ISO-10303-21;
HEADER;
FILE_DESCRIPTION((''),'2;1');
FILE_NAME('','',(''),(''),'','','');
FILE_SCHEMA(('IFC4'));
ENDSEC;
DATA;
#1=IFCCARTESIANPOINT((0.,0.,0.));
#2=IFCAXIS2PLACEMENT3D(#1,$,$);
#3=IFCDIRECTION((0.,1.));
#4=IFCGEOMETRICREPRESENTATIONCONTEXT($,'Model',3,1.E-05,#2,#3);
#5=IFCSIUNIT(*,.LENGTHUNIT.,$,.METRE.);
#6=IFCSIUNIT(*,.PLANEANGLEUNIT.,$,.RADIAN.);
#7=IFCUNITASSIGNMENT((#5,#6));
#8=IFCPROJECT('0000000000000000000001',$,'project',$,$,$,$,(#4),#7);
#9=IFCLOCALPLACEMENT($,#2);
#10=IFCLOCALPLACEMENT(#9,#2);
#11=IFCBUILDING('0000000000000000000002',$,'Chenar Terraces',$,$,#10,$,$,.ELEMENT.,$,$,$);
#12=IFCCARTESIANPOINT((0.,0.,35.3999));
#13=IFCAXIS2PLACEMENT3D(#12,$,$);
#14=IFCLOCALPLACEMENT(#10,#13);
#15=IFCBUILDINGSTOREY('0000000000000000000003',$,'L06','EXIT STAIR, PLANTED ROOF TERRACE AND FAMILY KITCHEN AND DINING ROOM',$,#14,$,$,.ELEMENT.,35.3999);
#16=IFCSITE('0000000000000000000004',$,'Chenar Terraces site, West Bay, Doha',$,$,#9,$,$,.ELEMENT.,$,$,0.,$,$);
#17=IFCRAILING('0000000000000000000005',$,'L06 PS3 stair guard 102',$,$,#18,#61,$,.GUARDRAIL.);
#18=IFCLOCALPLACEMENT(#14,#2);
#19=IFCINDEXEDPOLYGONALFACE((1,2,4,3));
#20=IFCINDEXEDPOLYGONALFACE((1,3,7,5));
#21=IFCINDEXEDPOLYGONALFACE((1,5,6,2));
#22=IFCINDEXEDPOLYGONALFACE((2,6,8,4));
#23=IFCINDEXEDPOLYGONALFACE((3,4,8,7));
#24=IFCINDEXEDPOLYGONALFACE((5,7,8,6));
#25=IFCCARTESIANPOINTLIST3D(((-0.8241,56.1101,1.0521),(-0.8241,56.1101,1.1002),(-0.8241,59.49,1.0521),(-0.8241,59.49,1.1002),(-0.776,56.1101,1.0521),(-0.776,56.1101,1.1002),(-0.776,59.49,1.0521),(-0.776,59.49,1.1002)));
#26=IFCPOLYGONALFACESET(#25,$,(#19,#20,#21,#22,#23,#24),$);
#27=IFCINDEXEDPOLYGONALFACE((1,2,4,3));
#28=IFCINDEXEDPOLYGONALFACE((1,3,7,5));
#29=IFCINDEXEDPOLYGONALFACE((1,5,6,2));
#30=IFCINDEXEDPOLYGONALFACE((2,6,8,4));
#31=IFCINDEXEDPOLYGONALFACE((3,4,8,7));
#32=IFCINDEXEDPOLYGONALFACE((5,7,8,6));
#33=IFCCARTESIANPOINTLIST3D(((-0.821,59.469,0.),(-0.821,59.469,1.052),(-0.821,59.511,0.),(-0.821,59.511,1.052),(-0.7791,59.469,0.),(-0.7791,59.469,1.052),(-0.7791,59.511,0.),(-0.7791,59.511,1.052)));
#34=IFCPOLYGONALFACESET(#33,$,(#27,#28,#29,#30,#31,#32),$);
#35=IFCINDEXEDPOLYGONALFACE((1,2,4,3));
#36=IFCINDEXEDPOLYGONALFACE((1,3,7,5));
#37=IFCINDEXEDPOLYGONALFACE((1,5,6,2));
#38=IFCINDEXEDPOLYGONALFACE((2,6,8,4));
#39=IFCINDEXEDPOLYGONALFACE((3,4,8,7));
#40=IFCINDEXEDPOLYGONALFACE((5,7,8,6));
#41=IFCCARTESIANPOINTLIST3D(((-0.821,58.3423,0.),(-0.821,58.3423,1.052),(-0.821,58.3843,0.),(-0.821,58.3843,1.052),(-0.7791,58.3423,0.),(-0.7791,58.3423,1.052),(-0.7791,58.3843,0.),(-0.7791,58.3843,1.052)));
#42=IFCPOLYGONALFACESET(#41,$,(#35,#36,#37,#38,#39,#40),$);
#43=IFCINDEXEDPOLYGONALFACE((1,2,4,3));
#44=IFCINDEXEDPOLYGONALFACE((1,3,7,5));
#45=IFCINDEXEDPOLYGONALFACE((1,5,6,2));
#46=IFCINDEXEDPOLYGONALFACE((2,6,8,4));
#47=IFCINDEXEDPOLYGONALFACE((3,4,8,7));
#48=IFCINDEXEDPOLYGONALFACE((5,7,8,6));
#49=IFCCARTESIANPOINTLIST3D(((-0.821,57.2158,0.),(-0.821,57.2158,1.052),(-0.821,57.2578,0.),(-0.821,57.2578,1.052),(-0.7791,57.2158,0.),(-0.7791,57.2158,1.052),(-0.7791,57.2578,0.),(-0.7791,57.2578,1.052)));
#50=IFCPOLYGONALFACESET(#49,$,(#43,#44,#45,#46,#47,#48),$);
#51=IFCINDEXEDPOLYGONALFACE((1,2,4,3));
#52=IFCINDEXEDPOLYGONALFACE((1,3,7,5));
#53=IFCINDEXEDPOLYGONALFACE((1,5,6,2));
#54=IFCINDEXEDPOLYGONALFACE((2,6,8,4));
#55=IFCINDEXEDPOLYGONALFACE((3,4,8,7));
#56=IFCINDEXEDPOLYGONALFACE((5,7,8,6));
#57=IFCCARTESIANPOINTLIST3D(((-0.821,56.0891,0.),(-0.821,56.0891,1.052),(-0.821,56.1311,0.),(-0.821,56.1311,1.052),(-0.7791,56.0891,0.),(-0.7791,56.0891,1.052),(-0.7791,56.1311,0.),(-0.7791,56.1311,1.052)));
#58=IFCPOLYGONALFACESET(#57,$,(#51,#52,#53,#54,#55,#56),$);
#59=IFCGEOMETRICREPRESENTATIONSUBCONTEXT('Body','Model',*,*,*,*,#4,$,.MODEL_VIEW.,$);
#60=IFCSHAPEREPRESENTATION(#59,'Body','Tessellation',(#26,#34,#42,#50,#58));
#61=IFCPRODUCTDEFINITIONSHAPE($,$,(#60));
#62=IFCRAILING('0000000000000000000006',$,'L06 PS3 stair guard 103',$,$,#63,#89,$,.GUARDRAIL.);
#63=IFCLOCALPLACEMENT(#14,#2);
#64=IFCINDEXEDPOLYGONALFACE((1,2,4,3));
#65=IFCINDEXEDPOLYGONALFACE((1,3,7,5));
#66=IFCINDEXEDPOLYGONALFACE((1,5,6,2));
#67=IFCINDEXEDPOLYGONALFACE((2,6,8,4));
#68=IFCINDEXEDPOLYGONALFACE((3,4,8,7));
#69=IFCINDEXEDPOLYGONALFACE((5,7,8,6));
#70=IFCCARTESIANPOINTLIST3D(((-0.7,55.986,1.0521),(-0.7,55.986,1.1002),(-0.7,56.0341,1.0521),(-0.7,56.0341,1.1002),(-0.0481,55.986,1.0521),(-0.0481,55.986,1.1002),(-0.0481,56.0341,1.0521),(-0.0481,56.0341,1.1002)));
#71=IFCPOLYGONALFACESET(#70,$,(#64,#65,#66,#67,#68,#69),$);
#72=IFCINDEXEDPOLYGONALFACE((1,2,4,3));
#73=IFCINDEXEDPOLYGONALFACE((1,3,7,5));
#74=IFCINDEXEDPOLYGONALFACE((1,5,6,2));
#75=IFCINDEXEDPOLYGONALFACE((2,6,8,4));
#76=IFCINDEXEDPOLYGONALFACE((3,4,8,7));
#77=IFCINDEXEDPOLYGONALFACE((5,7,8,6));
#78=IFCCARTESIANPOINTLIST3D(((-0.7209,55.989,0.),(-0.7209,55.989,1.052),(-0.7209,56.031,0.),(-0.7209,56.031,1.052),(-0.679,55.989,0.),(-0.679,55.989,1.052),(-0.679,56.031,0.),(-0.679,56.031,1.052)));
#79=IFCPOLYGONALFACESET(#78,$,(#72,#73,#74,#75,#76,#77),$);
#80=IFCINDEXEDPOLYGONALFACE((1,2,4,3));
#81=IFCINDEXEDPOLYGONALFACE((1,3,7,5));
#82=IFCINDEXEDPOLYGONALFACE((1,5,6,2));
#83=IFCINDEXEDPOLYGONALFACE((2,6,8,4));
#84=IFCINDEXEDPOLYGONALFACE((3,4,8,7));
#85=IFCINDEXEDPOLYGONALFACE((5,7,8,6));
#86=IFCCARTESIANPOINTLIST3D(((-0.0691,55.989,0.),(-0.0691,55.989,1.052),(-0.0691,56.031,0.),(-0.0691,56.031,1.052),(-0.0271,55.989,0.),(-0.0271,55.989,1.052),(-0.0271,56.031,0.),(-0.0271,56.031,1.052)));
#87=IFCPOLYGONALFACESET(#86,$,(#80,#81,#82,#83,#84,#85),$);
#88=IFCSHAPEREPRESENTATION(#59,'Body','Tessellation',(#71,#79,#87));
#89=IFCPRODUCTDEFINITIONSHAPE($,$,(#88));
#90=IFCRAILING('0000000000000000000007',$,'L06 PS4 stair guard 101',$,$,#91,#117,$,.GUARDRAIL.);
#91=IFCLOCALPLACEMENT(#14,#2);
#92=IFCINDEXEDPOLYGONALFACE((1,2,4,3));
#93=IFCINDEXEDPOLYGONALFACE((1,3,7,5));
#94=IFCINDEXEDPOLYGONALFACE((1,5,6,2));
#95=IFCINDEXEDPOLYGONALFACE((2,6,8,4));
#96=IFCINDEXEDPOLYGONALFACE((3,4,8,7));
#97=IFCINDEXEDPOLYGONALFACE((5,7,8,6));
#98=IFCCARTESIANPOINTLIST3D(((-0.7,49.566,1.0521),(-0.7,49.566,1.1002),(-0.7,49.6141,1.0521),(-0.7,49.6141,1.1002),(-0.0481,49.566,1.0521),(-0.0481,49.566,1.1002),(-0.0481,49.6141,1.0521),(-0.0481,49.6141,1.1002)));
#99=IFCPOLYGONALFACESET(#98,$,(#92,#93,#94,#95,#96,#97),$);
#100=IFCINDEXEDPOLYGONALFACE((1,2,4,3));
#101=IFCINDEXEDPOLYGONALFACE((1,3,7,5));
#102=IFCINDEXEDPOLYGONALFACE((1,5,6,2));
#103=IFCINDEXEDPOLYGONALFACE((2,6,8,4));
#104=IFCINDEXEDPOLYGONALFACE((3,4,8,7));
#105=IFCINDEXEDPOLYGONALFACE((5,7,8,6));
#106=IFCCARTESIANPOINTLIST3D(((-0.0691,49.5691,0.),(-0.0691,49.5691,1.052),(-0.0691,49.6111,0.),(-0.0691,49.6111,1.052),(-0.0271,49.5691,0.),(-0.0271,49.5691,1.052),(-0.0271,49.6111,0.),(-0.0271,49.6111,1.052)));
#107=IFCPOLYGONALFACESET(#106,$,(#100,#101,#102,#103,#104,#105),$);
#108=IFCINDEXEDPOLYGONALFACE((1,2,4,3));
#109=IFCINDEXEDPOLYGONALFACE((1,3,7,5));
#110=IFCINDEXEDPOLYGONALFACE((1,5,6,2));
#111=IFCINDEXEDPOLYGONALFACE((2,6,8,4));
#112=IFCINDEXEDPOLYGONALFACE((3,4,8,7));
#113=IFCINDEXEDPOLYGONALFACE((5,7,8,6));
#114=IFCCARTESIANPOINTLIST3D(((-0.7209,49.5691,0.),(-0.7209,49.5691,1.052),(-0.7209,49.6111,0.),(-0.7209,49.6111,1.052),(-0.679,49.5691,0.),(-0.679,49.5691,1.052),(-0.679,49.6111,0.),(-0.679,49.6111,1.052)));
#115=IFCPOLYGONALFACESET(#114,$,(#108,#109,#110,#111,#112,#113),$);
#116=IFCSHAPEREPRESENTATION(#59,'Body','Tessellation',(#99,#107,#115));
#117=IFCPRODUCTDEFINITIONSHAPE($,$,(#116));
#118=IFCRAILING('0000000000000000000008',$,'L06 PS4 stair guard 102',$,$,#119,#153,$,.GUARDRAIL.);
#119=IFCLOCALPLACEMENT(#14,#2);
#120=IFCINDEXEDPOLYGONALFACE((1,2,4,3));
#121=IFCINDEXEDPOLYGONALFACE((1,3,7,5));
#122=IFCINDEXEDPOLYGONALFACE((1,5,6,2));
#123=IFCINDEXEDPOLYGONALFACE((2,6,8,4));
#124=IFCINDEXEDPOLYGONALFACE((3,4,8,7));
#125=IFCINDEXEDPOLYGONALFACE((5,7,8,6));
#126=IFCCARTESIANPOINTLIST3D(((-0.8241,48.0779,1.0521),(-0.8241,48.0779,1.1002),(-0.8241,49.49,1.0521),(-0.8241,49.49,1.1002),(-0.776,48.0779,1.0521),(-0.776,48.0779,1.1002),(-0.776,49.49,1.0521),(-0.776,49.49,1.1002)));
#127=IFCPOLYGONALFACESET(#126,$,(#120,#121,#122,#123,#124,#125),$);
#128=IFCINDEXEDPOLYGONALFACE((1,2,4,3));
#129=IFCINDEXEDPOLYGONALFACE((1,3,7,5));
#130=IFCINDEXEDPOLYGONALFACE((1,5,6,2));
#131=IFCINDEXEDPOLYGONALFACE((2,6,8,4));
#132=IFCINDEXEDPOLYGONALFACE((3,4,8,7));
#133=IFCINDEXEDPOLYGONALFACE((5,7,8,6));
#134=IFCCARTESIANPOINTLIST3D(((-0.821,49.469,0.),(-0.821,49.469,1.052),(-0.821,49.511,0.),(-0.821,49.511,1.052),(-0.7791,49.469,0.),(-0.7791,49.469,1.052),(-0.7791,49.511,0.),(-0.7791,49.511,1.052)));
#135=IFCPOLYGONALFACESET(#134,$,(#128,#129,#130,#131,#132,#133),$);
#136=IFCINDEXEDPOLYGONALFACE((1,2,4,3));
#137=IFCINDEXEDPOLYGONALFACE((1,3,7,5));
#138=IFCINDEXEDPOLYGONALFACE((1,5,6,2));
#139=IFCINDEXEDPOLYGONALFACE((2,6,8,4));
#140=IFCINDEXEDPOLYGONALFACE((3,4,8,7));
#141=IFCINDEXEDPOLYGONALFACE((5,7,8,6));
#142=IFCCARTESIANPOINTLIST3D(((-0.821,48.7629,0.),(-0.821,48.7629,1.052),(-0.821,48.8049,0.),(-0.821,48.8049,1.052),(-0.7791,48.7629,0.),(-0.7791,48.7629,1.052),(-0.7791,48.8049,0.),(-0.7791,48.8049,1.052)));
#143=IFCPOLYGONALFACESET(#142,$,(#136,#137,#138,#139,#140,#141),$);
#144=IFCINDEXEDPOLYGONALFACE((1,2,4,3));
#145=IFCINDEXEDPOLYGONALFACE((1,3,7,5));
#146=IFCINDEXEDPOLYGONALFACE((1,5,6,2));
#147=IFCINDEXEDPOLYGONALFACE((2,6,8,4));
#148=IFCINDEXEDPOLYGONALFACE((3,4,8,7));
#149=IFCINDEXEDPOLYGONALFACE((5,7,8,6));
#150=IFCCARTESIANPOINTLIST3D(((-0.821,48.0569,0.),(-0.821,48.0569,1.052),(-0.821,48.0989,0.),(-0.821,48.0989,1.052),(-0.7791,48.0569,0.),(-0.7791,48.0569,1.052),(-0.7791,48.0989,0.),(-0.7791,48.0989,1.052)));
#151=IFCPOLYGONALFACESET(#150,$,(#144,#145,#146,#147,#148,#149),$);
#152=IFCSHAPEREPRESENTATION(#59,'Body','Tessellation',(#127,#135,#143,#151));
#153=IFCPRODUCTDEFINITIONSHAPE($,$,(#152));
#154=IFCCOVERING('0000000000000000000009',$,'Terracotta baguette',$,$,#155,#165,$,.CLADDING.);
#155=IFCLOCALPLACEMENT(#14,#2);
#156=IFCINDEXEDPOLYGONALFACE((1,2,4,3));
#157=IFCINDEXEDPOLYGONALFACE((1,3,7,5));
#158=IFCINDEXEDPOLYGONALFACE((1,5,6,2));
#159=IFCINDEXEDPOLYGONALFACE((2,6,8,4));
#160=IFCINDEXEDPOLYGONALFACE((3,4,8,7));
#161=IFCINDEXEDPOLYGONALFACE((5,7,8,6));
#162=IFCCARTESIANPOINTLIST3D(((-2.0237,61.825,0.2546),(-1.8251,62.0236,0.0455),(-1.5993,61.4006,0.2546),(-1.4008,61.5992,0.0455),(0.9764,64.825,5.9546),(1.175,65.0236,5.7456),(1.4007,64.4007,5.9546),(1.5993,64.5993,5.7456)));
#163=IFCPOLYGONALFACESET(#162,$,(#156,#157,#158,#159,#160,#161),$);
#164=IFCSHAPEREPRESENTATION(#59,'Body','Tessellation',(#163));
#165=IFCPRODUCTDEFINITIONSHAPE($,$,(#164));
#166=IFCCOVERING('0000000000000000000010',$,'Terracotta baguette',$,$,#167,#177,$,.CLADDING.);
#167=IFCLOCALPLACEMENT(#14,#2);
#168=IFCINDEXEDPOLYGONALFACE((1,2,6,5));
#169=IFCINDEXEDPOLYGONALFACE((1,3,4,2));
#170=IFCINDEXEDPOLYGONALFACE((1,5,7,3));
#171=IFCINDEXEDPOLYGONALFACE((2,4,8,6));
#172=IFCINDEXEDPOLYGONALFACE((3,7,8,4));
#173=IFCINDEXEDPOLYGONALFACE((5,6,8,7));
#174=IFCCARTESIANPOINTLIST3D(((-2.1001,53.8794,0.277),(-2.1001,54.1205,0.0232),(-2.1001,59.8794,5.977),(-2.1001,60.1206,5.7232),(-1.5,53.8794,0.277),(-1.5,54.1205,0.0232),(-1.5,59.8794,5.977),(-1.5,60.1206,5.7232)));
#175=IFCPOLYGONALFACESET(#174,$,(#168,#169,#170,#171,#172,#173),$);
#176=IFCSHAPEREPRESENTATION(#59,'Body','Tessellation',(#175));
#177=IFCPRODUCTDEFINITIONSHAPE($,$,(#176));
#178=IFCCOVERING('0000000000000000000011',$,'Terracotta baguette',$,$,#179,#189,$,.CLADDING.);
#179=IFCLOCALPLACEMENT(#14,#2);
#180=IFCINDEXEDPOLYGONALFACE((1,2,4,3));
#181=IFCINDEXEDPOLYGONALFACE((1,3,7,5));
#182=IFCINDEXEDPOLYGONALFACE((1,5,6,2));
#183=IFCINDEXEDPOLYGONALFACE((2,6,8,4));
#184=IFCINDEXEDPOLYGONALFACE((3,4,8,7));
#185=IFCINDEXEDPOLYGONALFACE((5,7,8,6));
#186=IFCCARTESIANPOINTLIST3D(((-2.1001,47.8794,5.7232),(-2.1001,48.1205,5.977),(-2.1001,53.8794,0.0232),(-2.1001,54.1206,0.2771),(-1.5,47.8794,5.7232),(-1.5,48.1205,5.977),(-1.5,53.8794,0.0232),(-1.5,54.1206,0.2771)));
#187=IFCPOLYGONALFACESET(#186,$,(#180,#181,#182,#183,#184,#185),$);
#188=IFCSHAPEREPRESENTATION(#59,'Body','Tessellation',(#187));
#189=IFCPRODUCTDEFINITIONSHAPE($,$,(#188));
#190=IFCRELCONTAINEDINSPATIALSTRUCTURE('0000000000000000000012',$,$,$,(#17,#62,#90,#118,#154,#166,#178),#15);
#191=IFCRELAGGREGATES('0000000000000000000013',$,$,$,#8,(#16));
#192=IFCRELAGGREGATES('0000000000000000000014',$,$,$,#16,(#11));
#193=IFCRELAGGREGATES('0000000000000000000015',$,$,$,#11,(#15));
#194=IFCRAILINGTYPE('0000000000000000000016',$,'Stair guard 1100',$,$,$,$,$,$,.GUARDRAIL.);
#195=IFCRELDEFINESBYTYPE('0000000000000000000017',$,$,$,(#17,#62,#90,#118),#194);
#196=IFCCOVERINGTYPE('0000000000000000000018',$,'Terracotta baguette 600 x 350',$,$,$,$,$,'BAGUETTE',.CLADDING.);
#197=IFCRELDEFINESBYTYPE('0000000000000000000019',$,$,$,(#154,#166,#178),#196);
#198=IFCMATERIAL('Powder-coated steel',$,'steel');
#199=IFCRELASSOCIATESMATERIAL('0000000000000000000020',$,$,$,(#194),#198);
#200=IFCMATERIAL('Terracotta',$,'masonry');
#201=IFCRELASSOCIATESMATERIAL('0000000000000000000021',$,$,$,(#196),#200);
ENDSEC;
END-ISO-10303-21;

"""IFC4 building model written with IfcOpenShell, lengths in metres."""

from ifc_helpers import new_model, si_unit, direction, frame, origin, origin_2d, place, context, subcontext, project, spatial, rectangle, extrude, material, material_profile, profile_set, type_object, element, save


model = new_model("IFC4")

# Units and contexts
model_context = context("Model", 3, precision=1e-05, world=origin(), true_north=direction((0.0, 1.0)))
body_context = subcontext(model_context, "Body", "Model", "MODEL_VIEW")
ifc_project = project(units=[si_unit("LENGTHUNIT", "METRE"), si_unit("PLANEANGLEUNIT", "RADIAN")], contexts=[model_context])

# Site, building, storey
site_placement = place(None, origin())
site = spatial("IfcSite", under=ifc_project, at=site_placement, Name="Chenar Terraces site, West Bay, Doha", CompositionType="ELEMENT", RefElevation=0.0)
building_placement = place(site_placement, origin())
building = spatial("IfcBuilding", under=site, at=building_placement, Name="Chenar Terraces", CompositionType="ELEMENT")
storey_placement = place(building_placement, frame((0.0, 0.0, 35.3999)))
storey = spatial("IfcBuildingStorey", under=building, at=storey_placement, Name="L06", Description="EXIT STAIR, PLANTED ROOF TERRACE AND FAMILY KITCHEN AND DINING ROOM", CompositionType="ELEMENT", Elevation=35.3999)

# Railings
ifc_material_1 = material(Name="Powder-coated steel", Category="steel")
railing_type_1 = type_object("IfcRailingType", Name="Stair guard 1100", PredefinedType="GUARDRAIL", material=ifc_material_1)
railing_1_placement = place(storey_placement, frame((-0.8, 59.49, 0.0)))
element("IfcRailing", 1, at=railing_1_placement, inside=storey, type_object=railing_type_1, Name="L06 PS3 stair guard 102", PredefinedType="GUARDRAIL", context=body_context, shape_type="SweptSolid", body=[
    extrude(rectangle(XDim=0.0481, YDim=0.0481, at=origin_2d()), frame((0.0, 0.0, 1.0762), z_axis=(0.0, -1.0, 0.0), x_axis=(1.0, 0.0, 0.0)), (0.0, 0.0, 1.0), 3.3799),
    extrude(rectangle(XDim=0.042, YDim=0.042, at=origin_2d()), origin(), (0.0, 0.0, 1.0), 1.052),
    extrude(rectangle(XDim=0.042, YDim=0.042, at=origin_2d()), frame((0.0, -1.1267, 0.0)), (0.0, 0.0, 1.0), 1.052),
    extrude(rectangle(XDim=0.042, YDim=0.042, at=origin_2d()), frame((0.0, -2.2532, 0.0)), (0.0, 0.0, 1.0), 1.052),
    extrude(rectangle(XDim=0.042, YDim=0.042, at=origin_2d()), frame((0.0, -3.3799, 0.0)), (0.0, 0.0, 1.0), 1.052),
])
railing_2_placement = place(storey_placement, frame((-0.7, 56.01, 0.0)))
element("IfcRailing", 2, at=railing_2_placement, inside=storey, type_object=railing_type_1, Name="L06 PS3 stair guard 103", PredefinedType="GUARDRAIL", context=body_context, shape_type="SweptSolid", body=[
    extrude(rectangle(XDim=0.0481, YDim=0.0481, at=origin_2d()), frame((0.0, 0.0, 1.0762), z_axis=(1.0, 0.0, 0.0), x_axis=(0.0, 1.0, 0.0)), (0.0, 0.0, 1.0), 0.6519),
    extrude(rectangle(XDim=0.042, YDim=0.042, at=origin_2d()), origin(), (0.0, 0.0, 1.0), 1.052),
    extrude(rectangle(XDim=0.042, YDim=0.042, at=origin_2d()), frame((0.6519, 0.0, 0.0)), (0.0, 0.0, 1.0), 1.052),
])
railing_3_placement = place(storey_placement, frame((-0.0481, 49.5901, 0.0)))
element("IfcRailing", 3, at=railing_3_placement, inside=storey, type_object=railing_type_1, Name="L06 PS4 stair guard 101", PredefinedType="GUARDRAIL", context=body_context, shape_type="SweptSolid", body=[
    extrude(rectangle(XDim=0.0481, YDim=0.0481, at=origin_2d()), frame((0.0, 0.0, 1.0762), z_axis=(-1.0, 0.0, 0.0), x_axis=(0.0, -1.0, 0.0)), (0.0, 0.0, 1.0), 0.6519),
    extrude(rectangle(XDim=0.042, YDim=0.042, at=origin_2d()), origin(), (0.0, 0.0, 1.0), 1.052),
    extrude(rectangle(XDim=0.042, YDim=0.042, at=origin_2d()), frame((-0.6519, 0.0, 0.0)), (0.0, 0.0, 1.0), 1.052),
])
railing_4_placement = place(storey_placement, frame((-0.8, 49.49, 0.0)))
element("IfcRailing", 4, at=railing_4_placement, inside=storey, type_object=railing_type_1, Name="L06 PS4 stair guard 102", PredefinedType="GUARDRAIL", context=body_context, shape_type="SweptSolid", body=[
    extrude(rectangle(XDim=0.0481, YDim=0.0481, at=origin_2d()), frame((0.0, 0.0, 1.0762), z_axis=(0.0, -1.0, 0.0), x_axis=(1.0, 0.0, 0.0)), (0.0, 0.0, 1.0), 1.4121),
    extrude(rectangle(XDim=0.042, YDim=0.042, at=origin_2d()), origin(), (0.0, 0.0, 1.0), 1.052),
    extrude(rectangle(XDim=0.042, YDim=0.042, at=origin_2d()), frame((0.0, -0.7061, 0.0)), (0.0, 0.0, 1.0), 1.052),
    extrude(rectangle(XDim=0.042, YDim=0.042, at=origin_2d()), frame((0.0, -1.4121, 0.0)), (0.0, 0.0, 1.0), 1.052),
])

# Coverings
ifc_material_2 = material(Name="Terracotta", Category="masonry")
ifc_material_profile_1 = material_profile(ifc_material_2, rectangle(XDim=0.6001, YDim=0.3501, at=origin_2d()), Name="Terracotta baguette 600 x 350")
ifc_profile_set_1 = profile_set([ifc_material_profile_1], Name="Terracotta")
covering_type = type_object("IfcCoveringType", Name="Terracotta baguette 600 x 350", ElementType="BAGUETTE", PredefinedType="CLADDING", material=ifc_profile_set_1)
covering_placement = place(storey_placement, frame((1.2878, 64.7122, 5.8501), z_axis=(-0.422203, -0.422203, -0.802178), x_axis=(0.707107, -0.707107, 0.0)))
element("IfcCovering", 5, at=covering_placement, inside=storey, type_object=covering_type, Name="Terracotta baguette", PredefinedType="CLADDING", context=body_context, shape_type="SweptSolid", body=[
    extrude(rectangle(XDim=0.6001, YDim=0.3501, at=origin_2d()), origin(), (0.0, 0.0, 1.0), 7.1057),
])
for number, where, z_axis, x_axis, name in (
    (6, (-1.8, 60.0, 5.8501), (0.0, -0.725002, -0.688746), (1.0, 0.0, 0.0), "Terracotta baguette"),
    (7, (-1.8, 54.0, 0.1501), (0.0, -0.725002, 0.688746), (1.0, 0.0, 0.0), "Terracotta baguette"),
):
    element("IfcCovering", number, at=place(storey_placement, frame(where, z_axis=z_axis, x_axis=x_axis)), inside=storey, type_object=covering_type, Name=name, PredefinedType="CLADDING", context=body_context, shape_type="SweptSolid", body=[
        extrude(rectangle(XDim=0.6001, YDim=0.3501, at=origin_2d()), origin(), (0.0, 0.0, 1.0), 8.2759),
    ])

save(model, "model.ifc")
